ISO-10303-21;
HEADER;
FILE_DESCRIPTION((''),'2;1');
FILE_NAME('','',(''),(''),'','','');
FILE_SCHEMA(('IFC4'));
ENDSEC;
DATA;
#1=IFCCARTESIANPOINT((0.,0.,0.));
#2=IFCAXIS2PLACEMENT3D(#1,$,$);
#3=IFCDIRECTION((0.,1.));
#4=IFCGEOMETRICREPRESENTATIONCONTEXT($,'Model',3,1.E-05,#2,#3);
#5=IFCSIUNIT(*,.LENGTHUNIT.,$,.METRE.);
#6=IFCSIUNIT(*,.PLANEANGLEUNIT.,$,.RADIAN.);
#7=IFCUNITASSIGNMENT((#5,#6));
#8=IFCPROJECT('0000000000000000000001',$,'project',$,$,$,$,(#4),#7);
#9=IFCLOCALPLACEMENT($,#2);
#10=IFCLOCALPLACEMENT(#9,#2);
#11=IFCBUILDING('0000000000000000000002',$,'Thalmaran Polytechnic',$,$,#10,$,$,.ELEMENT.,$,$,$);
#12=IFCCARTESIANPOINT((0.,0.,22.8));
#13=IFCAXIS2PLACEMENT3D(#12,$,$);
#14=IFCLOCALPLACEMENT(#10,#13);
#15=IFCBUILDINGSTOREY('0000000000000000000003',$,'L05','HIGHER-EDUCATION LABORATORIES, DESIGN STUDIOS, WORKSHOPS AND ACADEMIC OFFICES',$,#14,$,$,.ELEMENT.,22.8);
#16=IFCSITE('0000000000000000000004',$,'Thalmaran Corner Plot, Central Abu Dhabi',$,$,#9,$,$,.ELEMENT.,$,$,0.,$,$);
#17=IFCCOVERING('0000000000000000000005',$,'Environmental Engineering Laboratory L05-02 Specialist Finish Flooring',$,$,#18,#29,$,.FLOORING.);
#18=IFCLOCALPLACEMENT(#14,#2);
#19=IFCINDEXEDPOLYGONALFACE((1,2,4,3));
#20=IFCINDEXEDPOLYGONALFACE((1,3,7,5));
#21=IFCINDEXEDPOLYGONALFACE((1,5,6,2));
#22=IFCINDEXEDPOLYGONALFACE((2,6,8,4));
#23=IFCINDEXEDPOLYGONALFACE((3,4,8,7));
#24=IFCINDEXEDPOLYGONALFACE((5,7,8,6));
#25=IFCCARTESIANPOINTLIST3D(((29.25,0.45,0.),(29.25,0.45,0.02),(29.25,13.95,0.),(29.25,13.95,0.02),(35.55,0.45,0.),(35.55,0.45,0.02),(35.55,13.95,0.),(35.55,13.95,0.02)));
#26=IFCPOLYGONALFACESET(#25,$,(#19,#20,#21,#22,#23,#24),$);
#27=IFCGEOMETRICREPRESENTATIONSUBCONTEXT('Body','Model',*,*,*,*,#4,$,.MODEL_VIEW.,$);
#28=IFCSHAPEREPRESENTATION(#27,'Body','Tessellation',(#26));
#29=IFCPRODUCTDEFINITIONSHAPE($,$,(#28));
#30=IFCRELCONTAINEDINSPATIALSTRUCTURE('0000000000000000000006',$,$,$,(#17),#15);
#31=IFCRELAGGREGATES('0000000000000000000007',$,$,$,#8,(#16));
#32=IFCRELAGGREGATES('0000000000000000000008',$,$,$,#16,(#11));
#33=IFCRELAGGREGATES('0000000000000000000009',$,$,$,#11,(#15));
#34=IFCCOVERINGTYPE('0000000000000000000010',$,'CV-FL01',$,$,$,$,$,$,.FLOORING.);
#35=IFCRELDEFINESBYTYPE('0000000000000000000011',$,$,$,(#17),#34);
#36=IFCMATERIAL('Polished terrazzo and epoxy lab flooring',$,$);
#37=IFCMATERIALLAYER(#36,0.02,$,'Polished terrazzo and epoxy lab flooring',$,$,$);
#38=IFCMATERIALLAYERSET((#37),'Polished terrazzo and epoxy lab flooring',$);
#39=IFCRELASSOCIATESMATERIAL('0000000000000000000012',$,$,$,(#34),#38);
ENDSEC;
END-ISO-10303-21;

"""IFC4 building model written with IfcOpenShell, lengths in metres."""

from ifc_helpers import new_model, si_unit, direction, frame, origin, place, context, subcontext, project, spatial, polyline, outline, extrude, material, layer, layer_set, type_object, element, save


model = new_model("IFC4")

# Units and contexts
model_context = context("Model", 3, precision=1e-05, world=origin(), true_north=direction((0.0, 1.0)))
body_context = subcontext(model_context, "Body", "Model", "MODEL_VIEW")
ifc_project = project(units=[si_unit("LENGTHUNIT", "METRE"), si_unit("PLANEANGLEUNIT", "RADIAN")], contexts=[model_context])

# Site, building, storey
site_placement = place(None, origin())
site = spatial("IfcSite", under=ifc_project, at=site_placement, Name="Thalmaran Corner Plot, Central Abu Dhabi", CompositionType="ELEMENT", RefElevation=0.0)
building_placement = place(site_placement, origin())
building = spatial("IfcBuilding", under=site, at=building_placement, Name="Thalmaran Polytechnic", CompositionType="ELEMENT")
storey_placement = place(building_placement, frame((0.0, 0.0, 22.8)))
storey = spatial("IfcBuildingStorey", under=building, at=storey_placement, Name="L05", Description="HIGHER-EDUCATION LABORATORIES, DESIGN STUDIOS, WORKSHOPS AND ACADEMIC OFFICES", CompositionType="ELEMENT", Elevation=22.8)

# Covering
ifc_material_1 = material(Name="Polished terrazzo and epoxy lab flooring")
ifc_layer_1 = layer(ifc_material_1, 0.02, Name="Polished terrazzo and epoxy lab flooring")
ifc_layer_set_1 = layer_set([ifc_layer_1], Name="Polished terrazzo and epoxy lab flooring")
covering_type = type_object("IfcCoveringType", Name="CV-FL01", PredefinedType="FLOORING", material=ifc_layer_set_1)
covering_placement = place(storey_placement, origin())
element("IfcCovering", 1, at=covering_placement, inside=storey, type_object=covering_type, Name="Environmental Engineering Laboratory L05-02 Specialist Finish Flooring", PredefinedType="FLOORING", context=body_context, shape_type="SweptSolid", body=[
    extrude(outline(polyline([(35.55, 0.45), (29.25, 0.45), (29.25, 13.95), (35.55, 13.95), (35.55, 0.45)])), origin(), (0.0, 0.0, 1.0), 0.02),
])

save(model, "model.ifc")
